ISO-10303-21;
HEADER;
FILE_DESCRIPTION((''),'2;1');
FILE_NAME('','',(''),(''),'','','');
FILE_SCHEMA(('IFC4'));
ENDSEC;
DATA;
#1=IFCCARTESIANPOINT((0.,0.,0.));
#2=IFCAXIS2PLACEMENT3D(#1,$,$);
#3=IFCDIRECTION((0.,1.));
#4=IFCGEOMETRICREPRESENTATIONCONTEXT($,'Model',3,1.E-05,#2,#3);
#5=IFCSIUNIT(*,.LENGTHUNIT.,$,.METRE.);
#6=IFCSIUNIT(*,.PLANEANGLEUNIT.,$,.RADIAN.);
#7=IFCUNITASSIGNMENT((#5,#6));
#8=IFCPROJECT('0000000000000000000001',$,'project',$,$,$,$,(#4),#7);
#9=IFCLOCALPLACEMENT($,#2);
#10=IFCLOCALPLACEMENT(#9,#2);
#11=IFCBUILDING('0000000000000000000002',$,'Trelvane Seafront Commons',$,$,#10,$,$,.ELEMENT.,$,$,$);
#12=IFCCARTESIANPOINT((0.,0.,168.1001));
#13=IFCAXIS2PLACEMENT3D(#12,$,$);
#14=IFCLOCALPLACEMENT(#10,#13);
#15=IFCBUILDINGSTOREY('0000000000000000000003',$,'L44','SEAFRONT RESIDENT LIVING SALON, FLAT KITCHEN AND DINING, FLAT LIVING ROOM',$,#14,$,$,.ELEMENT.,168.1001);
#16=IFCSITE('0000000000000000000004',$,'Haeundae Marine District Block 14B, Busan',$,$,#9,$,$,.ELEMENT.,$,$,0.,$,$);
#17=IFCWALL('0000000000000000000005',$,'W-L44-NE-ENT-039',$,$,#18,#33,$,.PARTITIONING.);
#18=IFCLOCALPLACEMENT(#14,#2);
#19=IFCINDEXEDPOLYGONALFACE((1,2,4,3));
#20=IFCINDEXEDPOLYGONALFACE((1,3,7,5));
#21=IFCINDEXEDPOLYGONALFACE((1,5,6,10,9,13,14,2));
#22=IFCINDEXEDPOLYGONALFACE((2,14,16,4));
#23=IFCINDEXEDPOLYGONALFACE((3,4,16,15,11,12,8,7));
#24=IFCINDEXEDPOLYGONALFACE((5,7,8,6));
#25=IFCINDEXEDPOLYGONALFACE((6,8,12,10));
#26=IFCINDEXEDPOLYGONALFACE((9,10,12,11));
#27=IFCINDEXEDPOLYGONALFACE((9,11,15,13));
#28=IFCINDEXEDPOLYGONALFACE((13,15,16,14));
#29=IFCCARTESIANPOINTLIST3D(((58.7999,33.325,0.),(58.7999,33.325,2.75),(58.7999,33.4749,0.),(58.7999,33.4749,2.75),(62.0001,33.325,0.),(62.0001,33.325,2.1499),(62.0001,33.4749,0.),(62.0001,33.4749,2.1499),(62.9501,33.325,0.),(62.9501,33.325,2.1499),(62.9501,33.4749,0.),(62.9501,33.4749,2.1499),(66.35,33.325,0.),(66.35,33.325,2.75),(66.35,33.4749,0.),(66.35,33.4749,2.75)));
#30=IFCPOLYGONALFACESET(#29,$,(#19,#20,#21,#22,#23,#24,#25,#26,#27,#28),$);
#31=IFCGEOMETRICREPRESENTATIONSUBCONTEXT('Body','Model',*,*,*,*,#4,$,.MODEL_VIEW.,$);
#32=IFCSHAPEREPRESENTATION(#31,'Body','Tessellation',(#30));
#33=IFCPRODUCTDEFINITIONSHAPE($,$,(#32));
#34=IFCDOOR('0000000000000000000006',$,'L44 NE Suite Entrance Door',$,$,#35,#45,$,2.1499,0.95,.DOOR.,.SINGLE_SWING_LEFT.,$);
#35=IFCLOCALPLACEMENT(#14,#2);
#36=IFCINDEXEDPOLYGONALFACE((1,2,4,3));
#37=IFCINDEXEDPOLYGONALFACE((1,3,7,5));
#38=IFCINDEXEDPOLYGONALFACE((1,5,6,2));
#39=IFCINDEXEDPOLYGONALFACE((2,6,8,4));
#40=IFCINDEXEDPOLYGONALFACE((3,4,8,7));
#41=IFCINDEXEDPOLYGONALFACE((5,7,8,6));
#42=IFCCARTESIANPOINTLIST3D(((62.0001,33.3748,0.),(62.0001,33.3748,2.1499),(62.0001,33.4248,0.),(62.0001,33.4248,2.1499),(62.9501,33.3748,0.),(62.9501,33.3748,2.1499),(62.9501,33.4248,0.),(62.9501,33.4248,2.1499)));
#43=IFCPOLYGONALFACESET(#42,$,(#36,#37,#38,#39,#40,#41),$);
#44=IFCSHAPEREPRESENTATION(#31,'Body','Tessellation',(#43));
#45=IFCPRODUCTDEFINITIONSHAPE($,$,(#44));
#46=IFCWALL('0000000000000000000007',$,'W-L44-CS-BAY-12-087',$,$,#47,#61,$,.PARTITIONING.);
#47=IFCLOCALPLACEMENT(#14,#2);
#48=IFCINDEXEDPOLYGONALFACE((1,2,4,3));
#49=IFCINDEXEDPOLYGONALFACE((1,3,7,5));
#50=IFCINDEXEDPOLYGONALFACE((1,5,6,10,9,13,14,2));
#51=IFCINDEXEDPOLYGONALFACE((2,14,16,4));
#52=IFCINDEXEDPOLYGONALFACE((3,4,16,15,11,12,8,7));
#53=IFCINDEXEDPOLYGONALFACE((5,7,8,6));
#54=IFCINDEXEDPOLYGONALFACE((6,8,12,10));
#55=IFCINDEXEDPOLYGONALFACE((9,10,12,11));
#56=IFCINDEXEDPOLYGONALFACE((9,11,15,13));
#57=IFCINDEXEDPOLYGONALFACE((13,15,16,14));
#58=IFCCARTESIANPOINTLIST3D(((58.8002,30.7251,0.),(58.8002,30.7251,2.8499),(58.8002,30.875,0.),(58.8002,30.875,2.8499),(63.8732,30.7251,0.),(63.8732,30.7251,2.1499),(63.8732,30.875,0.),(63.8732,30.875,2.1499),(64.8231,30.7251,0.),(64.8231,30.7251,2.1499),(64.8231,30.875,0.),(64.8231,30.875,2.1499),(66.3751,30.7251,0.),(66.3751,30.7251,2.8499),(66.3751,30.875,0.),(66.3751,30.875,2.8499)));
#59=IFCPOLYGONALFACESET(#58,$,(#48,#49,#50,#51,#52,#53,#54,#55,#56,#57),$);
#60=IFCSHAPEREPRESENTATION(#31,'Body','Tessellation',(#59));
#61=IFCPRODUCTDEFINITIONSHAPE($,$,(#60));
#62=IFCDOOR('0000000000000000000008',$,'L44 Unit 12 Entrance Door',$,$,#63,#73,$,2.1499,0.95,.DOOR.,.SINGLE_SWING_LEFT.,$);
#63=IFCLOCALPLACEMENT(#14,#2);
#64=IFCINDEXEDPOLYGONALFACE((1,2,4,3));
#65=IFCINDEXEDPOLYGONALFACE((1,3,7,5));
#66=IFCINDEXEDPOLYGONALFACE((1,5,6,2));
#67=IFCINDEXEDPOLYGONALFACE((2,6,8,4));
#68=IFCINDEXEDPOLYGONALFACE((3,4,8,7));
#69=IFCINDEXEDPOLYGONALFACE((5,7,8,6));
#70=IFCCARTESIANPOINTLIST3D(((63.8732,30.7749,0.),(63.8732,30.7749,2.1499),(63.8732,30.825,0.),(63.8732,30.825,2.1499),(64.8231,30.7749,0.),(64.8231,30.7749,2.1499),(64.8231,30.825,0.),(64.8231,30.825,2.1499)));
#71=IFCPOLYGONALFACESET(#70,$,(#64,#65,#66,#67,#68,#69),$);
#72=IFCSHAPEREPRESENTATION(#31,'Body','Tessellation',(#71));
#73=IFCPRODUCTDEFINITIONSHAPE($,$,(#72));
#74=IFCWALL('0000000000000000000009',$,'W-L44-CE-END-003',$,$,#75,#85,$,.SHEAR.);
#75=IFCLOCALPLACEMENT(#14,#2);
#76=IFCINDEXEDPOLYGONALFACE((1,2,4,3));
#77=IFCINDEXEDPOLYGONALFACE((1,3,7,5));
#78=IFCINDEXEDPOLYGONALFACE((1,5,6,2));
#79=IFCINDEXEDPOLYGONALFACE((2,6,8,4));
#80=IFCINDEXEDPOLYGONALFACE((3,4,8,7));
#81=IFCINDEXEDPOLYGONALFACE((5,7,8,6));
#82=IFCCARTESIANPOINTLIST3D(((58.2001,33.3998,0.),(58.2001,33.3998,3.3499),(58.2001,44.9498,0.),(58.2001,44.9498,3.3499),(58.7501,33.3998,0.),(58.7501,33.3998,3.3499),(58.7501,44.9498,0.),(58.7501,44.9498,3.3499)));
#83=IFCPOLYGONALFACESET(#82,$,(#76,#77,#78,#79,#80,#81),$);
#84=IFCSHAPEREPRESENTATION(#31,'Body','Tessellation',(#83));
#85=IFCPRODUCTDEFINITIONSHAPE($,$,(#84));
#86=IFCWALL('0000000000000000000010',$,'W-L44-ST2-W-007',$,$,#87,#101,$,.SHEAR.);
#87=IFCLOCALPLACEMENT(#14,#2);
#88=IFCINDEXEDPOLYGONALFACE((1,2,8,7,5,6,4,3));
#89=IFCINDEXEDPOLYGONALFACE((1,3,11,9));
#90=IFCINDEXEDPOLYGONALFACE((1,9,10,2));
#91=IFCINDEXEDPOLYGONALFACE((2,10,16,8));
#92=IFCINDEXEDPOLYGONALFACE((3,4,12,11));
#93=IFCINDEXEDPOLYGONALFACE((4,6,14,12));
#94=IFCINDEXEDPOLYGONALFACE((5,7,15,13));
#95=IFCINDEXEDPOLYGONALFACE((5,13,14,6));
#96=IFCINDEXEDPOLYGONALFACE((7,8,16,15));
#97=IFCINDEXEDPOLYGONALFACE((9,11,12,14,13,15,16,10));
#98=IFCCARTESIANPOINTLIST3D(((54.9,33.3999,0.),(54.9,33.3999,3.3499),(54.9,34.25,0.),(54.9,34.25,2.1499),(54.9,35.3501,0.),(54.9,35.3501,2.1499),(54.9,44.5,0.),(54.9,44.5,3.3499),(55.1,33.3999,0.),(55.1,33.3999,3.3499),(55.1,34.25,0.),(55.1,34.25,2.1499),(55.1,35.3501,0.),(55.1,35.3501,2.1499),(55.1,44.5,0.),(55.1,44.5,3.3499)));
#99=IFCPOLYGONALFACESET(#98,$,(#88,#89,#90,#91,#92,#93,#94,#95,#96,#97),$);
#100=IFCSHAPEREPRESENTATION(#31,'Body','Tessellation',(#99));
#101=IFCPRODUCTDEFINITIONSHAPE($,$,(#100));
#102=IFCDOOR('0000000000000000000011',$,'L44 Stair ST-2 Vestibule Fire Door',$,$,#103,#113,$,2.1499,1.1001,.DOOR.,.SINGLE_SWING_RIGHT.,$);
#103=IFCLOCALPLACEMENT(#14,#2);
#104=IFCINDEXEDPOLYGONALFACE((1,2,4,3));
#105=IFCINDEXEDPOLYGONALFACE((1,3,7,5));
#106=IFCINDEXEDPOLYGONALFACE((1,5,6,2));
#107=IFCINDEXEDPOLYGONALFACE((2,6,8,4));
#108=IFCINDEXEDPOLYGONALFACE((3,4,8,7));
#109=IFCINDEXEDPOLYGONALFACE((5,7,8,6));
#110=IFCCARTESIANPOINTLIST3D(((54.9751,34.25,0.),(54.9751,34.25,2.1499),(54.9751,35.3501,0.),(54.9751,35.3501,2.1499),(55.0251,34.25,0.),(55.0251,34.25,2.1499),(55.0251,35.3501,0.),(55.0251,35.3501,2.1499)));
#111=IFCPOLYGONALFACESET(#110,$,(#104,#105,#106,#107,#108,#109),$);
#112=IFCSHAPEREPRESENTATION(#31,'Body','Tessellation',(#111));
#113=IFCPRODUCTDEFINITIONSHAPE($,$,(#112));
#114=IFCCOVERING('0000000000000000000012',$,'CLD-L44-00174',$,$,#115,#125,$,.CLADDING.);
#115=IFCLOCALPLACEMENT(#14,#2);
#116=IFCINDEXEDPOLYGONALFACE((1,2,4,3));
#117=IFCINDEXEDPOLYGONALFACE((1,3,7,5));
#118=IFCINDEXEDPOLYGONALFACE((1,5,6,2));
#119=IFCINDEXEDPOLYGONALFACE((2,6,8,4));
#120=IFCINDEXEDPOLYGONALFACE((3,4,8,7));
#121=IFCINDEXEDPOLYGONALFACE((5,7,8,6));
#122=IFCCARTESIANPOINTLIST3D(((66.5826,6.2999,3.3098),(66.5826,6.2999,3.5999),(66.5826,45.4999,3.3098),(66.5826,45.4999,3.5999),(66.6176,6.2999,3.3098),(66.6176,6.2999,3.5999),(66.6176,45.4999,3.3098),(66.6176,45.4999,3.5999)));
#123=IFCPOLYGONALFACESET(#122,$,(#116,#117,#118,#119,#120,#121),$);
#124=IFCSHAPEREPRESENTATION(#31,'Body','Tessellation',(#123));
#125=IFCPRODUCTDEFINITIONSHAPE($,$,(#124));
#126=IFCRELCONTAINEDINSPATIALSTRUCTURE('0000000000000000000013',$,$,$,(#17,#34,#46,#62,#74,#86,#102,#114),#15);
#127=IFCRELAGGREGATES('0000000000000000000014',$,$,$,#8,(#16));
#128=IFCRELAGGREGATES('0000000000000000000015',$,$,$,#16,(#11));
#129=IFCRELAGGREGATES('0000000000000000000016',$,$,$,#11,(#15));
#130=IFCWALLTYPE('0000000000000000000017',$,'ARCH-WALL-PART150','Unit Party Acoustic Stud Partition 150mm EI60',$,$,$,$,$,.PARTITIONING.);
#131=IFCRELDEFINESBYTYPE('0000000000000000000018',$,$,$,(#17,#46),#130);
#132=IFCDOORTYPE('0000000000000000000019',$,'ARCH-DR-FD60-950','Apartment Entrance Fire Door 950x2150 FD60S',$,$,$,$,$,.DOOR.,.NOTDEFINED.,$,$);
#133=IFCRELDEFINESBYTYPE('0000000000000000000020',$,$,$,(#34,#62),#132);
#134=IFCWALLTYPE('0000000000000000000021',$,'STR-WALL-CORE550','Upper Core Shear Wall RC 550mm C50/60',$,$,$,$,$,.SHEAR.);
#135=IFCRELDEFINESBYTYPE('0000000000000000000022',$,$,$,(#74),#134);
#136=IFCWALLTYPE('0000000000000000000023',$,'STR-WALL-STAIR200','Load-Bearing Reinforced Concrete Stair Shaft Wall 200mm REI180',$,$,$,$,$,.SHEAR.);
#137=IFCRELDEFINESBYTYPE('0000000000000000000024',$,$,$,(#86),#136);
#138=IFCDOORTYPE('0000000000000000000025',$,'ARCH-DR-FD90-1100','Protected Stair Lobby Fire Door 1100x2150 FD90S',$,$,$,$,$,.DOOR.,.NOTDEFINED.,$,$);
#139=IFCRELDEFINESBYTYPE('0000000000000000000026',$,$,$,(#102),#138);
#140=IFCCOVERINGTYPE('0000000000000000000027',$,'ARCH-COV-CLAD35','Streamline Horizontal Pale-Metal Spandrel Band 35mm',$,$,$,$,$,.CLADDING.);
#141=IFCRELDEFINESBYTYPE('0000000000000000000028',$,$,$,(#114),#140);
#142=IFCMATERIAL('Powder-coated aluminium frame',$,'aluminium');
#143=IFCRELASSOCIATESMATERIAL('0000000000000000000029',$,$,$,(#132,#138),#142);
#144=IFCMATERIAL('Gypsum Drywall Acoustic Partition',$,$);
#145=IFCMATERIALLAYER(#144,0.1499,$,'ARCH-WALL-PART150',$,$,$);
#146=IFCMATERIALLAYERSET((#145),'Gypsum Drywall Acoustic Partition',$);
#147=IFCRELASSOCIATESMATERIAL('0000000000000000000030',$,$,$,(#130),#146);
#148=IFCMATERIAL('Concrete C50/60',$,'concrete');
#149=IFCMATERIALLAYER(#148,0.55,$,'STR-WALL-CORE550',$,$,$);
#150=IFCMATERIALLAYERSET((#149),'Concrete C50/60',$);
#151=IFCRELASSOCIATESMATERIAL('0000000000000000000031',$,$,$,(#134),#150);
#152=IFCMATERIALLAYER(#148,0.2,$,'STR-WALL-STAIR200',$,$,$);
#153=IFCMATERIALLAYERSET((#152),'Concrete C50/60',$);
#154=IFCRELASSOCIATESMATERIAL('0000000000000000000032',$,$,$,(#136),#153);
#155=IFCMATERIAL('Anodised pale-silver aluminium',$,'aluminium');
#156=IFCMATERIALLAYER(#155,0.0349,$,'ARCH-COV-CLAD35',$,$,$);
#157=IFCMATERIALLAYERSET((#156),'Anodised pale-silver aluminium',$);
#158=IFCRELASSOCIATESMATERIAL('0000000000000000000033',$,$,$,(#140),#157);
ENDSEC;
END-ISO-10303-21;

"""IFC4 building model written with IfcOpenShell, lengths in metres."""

from ifc_helpers import new_model, si_unit, direction, frame, frame_2d, origin, origin_2d, place, context, subcontext, project, spatial, rectangle, extrude, source, transform, mapped, material, layer, layer_set, type_object, element, fill, save


model = new_model("IFC4")

# Units and contexts
model_context = context("Model", 3, precision=1e-05, world=origin(), true_north=direction((0.0, 1.0)))
body_context = subcontext(model_context, "Body", "Model", "MODEL_VIEW")
ifc_project = project(units=[si_unit("LENGTHUNIT", "METRE"), si_unit("PLANEANGLEUNIT", "RADIAN")], contexts=[model_context])

# Site, building, storey
site_placement = place(None, origin())
site = spatial("IfcSite", under=ifc_project, at=site_placement, Name="Haeundae Marine District Block 14B, Busan", CompositionType="ELEMENT", RefElevation=0.0)
building_placement = place(site_placement, origin())
building = spatial("IfcBuilding", under=site, at=building_placement, Name="Trelvane Seafront Commons", CompositionType="ELEMENT")
storey_placement = place(building_placement, frame((0.0, 0.0, 168.1001)))
storey = spatial("IfcBuildingStorey", under=building, at=storey_placement, Name="L44", Description="SEAFRONT RESIDENT LIVING SALON, FLAT KITCHEN AND DINING, FLAT LIVING ROOM", CompositionType="ELEMENT", Elevation=168.1001)

# Shared definitions
ifc_material_1 = material(Name="Concrete C50/60", Category="concrete")

# Shared definitions
ifc_material_2 = material(Name="Anodised pale-silver aluminium", Category="aluminium")

# Shared definitions
ifc_material_3 = material(Name="Powder-coated aluminium frame", Category="aluminium")
door_type_1 = type_object("IfcDoorType", Name="ARCH-DR-FD60-950", Description="Apartment Entrance Fire Door 950x2150 FD60S", OperationType="NOTDEFINED", PredefinedType="DOOR", material=ifc_material_3)
shared_shape_1 = source(origin(), body_context, "Body", "SweptSolid", [
    extrude(rectangle(XDim=0.95, YDim=2.1499, at=frame_2d((0.4751, 1.075))), frame((0.0, 0.0249, 0.0), z_axis=(0.0, -1.0, 0.0), x_axis=(1.0, 0.0, 0.0)), (0.0, 0.0, 1.0), 0.05),
])
ifc_material_4 = material(Name="Gypsum Drywall Acoustic Partition")

# Walls, openings, doors
ifc_layer_1 = layer(ifc_material_4, 0.1499, Name="ARCH-WALL-PART150")
ifc_layer_set_1 = layer_set([ifc_layer_1], Name="Gypsum Drywall Acoustic Partition")
wall_type_1 = type_object("IfcWallType", Name="ARCH-WALL-PART150", Description="Unit Party Acoustic Stud Partition 150mm EI60", PredefinedType="PARTITIONING", material=ifc_layer_set_1)
wall_1_placement = place(storey_placement, frame((58.8, 33.3999, 0.0), z_axis=(0.0, 0.0, 1.0), x_axis=(1.0, 0.0, 0.0)))
wall_1 = element("IfcWall", 1, at=wall_1_placement, inside=storey, type_object=wall_type_1, Name="W-L44-NE-ENT-039", PredefinedType="PARTITIONING", context=body_context, shape_type="SweptSolid", body=[
    extrude(rectangle(XDim=7.55, YDim=0.1499, at=frame_2d((3.7749, 0.0))), origin(), (0.0, 0.0, 1.0), 2.75),
])
opening_1_placement = place(wall_1_placement, frame((3.2, 0.0, 0.0)))
opening_1 = element("IfcOpeningElement", 2, at=opening_1_placement, cuts=wall_1, PredefinedType="OPENING", context=body_context, shape_type="SweptSolid", body=[
    extrude(rectangle(XDim=0.95, YDim=2.1499, at=frame_2d((0.4751, 1.075))), frame((0.0, 0.085, 0.0), z_axis=(0.0, -1.0, 0.0), x_axis=(1.0, 0.0, 0.0)), (0.0, 0.0, 1.0), 0.1699),
])
door_1_placement = place(opening_1_placement, origin())
door_1 = element("IfcDoor", 3, at=door_1_placement, inside=storey, type_object=door_type_1, Name="L44 NE Suite Entrance Door", OperationType="SINGLE_SWING_LEFT", OverallHeight=2.1499, OverallWidth=0.95, PredefinedType="DOOR", context=body_context, shape_type="MappedRepresentation", body=[
    mapped(shared_shape_1, transform((0.0, 0.0, 0.0), x_axis=(1.0, 0.0, 0.0), y_axis=(0.0, 1.0, 0.0), z_axis=(0.0, 0.0, 1.0), scale=1.0)),
])
fill(opening_1, door_1)
wall_2_placement = place(storey_placement, frame((58.8, 30.8, 0.0), z_axis=(0.0, 0.0, 1.0), x_axis=(1.0, 0.0, 0.0)))
wall_2 = element("IfcWall", 4, at=wall_2_placement, inside=storey, type_object=wall_type_1, Name="W-L44-CS-BAY-12-087", PredefinedType="PARTITIONING", context=body_context, shape_type="SweptSolid", body=[
    extrude(rectangle(XDim=7.575, YDim=0.1499, at=frame_2d((3.7876, 0.0))), origin(), (0.0, 0.0, 1.0), 2.8499),
])
opening_2_placement = place(wall_2_placement, frame((5.073, 0.0, 0.0)))
opening_2 = element("IfcOpeningElement", 5, at=opening_2_placement, cuts=wall_2, PredefinedType="OPENING", context=body_context, shape_type="SweptSolid", body=[
    extrude(rectangle(XDim=0.95, YDim=2.1499, at=frame_2d((0.4751, 1.075))), frame((0.0, 0.085, 0.0), z_axis=(0.0, -1.0, 0.0), x_axis=(1.0, 0.0, 0.0)), (0.0, 0.0, 1.0), 0.1699),
])
door_2_placement = place(opening_2_placement, origin())
door_2 = element("IfcDoor", 6, at=door_2_placement, inside=storey, type_object=door_type_1, Name="L44 Unit 12 Entrance Door", OperationType="SINGLE_SWING_LEFT", OverallHeight=2.1499, OverallWidth=0.95, PredefinedType="DOOR", context=body_context, shape_type="MappedRepresentation", body=[
    mapped(shared_shape_1, transform((0.0, 0.0, 0.0), x_axis=(1.0, 0.0, 0.0), y_axis=(0.0, 1.0, 0.0), z_axis=(0.0, 0.0, 1.0), scale=1.0)),
])
fill(opening_2, door_2)

# Wall
ifc_layer_2 = layer(ifc_material_1, 0.55, Name="STR-WALL-CORE550")
ifc_layer_set_2 = layer_set([ifc_layer_2], Name="Concrete C50/60")
wall_type_2 = type_object("IfcWallType", Name="STR-WALL-CORE550", Description="Upper Core Shear Wall RC 550mm C50/60", PredefinedType="SHEAR", material=ifc_layer_set_2)
wall_3_placement = place(storey_placement, frame((58.4751, 33.3999, 0.0), z_axis=(0.0, 0.0, 1.0), x_axis=(0.0, 1.0, 0.0)))
element("IfcWall", 7, at=wall_3_placement, inside=storey, type_object=wall_type_2, Name="W-L44-CE-END-003", PredefinedType="SHEAR", context=body_context, shape_type="SweptSolid", body=[
    extrude(rectangle(XDim=11.55, YDim=0.55, at=frame_2d((5.7749, 0.0))), origin(), (0.0, 0.0, 1.0), 3.3499),
])

# Wall, opening, door
ifc_layer_3 = layer(ifc_material_1, 0.2, Name="STR-WALL-STAIR200")
ifc_layer_set_3 = layer_set([ifc_layer_3], Name="Concrete C50/60")
wall_type_3 = type_object("IfcWallType", Name="STR-WALL-STAIR200", Description="Load-Bearing Reinforced Concrete Stair Shaft Wall 200mm REI180", PredefinedType="SHEAR", material=ifc_layer_set_3)
wall_4_placement = place(storey_placement, frame((55.0, 33.3999, 0.0), z_axis=(0.0, 0.0, 1.0), x_axis=(0.0, 1.0, 0.0)))
wall_4 = element("IfcWall", 8, at=wall_4_placement, inside=storey, type_object=wall_type_3, Name="W-L44-ST2-W-007", PredefinedType="SHEAR", context=body_context, shape_type="SweptSolid", body=[
    extrude(rectangle(XDim=11.1001, YDim=0.2, at=frame_2d((5.55, 0.0))), origin(), (0.0, 0.0, 1.0), 3.3499),
])
opening_3_placement = place(wall_4_placement, frame((0.8501, 0.0, 0.0)))
opening_3 = element("IfcOpeningElement", 9, at=opening_3_placement, cuts=wall_4, PredefinedType="OPENING", context=body_context, shape_type="SweptSolid", body=[
    extrude(rectangle(XDim=1.1001, YDim=2.1499, at=frame_2d((0.55, 1.075))), frame((0.0, 0.1099, 0.0), z_axis=(0.0, -1.0, 0.0), x_axis=(1.0, 0.0, 0.0)), (0.0, 0.0, 1.0), 0.22),
])
door_type_2 = type_object("IfcDoorType", Name="ARCH-DR-FD90-1100", Description="Protected Stair Lobby Fire Door 1100x2150 FD90S", OperationType="NOTDEFINED", PredefinedType="DOOR", material=ifc_material_3)
shared_shape_2 = source(origin(), body_context, "Body", "SweptSolid", [
    extrude(rectangle(XDim=1.1001, YDim=2.1499, at=frame_2d((0.55, 1.075))), frame((0.0, 0.0249, 0.0), z_axis=(0.0, -1.0, 0.0), x_axis=(1.0, 0.0, 0.0)), (0.0, 0.0, 1.0), 0.05),
])
door_3_placement = place(opening_3_placement, origin())
door_3 = element("IfcDoor", 10, at=door_3_placement, inside=storey, type_object=door_type_2, Name="L44 Stair ST-2 Vestibule Fire Door", OperationType="SINGLE_SWING_RIGHT", OverallHeight=2.1499, OverallWidth=1.1001, PredefinedType="DOOR", context=body_context, shape_type="MappedRepresentation", body=[
    mapped(shared_shape_2, transform((0.0, 0.0, 0.0), x_axis=(1.0, 0.0, 0.0), y_axis=(0.0, 1.0, 0.0), z_axis=(0.0, 0.0, 1.0), scale=1.0)),
])
fill(opening_3, door_3)

# Covering
ifc_layer_4 = layer(ifc_material_2, 0.0349, Name="ARCH-COV-CLAD35")
ifc_layer_set_4 = layer_set([ifc_layer_4], Name="Anodised pale-silver aluminium")
covering_type = type_object("IfcCoveringType", Name="ARCH-COV-CLAD35", Description="Streamline Horizontal Pale-Metal Spandrel Band 35mm", PredefinedType="CLADDING", material=ifc_layer_set_4)
shared_shape_3 = source(origin(), body_context, "Body", "SweptSolid", [
    extrude(rectangle(XDim=39.2, YDim=0.0349, at=origin_2d()), origin(), (0.0, 0.0, 1.0), 0.29),
])
covering_placement = place(storey_placement, frame((66.6001, 25.8999, 3.3098), z_axis=(0.0, 0.0, 1.0), x_axis=(0.0, -1.0, 0.0)))
element("IfcCovering", 11, at=covering_placement, inside=storey, type_object=covering_type, Name="CLD-L44-00174", PredefinedType="CLADDING", context=body_context, shape_type="MappedRepresentation", body=[
    mapped(shared_shape_3, transform((0.0, 0.0, 0.0), x_axis=(1.0, 0.0, 0.0), y_axis=(0.0, 1.0, 0.0), z_axis=(0.0, 0.0, 1.0), scale=1.0)),
])

save(model, "model.ifc")
